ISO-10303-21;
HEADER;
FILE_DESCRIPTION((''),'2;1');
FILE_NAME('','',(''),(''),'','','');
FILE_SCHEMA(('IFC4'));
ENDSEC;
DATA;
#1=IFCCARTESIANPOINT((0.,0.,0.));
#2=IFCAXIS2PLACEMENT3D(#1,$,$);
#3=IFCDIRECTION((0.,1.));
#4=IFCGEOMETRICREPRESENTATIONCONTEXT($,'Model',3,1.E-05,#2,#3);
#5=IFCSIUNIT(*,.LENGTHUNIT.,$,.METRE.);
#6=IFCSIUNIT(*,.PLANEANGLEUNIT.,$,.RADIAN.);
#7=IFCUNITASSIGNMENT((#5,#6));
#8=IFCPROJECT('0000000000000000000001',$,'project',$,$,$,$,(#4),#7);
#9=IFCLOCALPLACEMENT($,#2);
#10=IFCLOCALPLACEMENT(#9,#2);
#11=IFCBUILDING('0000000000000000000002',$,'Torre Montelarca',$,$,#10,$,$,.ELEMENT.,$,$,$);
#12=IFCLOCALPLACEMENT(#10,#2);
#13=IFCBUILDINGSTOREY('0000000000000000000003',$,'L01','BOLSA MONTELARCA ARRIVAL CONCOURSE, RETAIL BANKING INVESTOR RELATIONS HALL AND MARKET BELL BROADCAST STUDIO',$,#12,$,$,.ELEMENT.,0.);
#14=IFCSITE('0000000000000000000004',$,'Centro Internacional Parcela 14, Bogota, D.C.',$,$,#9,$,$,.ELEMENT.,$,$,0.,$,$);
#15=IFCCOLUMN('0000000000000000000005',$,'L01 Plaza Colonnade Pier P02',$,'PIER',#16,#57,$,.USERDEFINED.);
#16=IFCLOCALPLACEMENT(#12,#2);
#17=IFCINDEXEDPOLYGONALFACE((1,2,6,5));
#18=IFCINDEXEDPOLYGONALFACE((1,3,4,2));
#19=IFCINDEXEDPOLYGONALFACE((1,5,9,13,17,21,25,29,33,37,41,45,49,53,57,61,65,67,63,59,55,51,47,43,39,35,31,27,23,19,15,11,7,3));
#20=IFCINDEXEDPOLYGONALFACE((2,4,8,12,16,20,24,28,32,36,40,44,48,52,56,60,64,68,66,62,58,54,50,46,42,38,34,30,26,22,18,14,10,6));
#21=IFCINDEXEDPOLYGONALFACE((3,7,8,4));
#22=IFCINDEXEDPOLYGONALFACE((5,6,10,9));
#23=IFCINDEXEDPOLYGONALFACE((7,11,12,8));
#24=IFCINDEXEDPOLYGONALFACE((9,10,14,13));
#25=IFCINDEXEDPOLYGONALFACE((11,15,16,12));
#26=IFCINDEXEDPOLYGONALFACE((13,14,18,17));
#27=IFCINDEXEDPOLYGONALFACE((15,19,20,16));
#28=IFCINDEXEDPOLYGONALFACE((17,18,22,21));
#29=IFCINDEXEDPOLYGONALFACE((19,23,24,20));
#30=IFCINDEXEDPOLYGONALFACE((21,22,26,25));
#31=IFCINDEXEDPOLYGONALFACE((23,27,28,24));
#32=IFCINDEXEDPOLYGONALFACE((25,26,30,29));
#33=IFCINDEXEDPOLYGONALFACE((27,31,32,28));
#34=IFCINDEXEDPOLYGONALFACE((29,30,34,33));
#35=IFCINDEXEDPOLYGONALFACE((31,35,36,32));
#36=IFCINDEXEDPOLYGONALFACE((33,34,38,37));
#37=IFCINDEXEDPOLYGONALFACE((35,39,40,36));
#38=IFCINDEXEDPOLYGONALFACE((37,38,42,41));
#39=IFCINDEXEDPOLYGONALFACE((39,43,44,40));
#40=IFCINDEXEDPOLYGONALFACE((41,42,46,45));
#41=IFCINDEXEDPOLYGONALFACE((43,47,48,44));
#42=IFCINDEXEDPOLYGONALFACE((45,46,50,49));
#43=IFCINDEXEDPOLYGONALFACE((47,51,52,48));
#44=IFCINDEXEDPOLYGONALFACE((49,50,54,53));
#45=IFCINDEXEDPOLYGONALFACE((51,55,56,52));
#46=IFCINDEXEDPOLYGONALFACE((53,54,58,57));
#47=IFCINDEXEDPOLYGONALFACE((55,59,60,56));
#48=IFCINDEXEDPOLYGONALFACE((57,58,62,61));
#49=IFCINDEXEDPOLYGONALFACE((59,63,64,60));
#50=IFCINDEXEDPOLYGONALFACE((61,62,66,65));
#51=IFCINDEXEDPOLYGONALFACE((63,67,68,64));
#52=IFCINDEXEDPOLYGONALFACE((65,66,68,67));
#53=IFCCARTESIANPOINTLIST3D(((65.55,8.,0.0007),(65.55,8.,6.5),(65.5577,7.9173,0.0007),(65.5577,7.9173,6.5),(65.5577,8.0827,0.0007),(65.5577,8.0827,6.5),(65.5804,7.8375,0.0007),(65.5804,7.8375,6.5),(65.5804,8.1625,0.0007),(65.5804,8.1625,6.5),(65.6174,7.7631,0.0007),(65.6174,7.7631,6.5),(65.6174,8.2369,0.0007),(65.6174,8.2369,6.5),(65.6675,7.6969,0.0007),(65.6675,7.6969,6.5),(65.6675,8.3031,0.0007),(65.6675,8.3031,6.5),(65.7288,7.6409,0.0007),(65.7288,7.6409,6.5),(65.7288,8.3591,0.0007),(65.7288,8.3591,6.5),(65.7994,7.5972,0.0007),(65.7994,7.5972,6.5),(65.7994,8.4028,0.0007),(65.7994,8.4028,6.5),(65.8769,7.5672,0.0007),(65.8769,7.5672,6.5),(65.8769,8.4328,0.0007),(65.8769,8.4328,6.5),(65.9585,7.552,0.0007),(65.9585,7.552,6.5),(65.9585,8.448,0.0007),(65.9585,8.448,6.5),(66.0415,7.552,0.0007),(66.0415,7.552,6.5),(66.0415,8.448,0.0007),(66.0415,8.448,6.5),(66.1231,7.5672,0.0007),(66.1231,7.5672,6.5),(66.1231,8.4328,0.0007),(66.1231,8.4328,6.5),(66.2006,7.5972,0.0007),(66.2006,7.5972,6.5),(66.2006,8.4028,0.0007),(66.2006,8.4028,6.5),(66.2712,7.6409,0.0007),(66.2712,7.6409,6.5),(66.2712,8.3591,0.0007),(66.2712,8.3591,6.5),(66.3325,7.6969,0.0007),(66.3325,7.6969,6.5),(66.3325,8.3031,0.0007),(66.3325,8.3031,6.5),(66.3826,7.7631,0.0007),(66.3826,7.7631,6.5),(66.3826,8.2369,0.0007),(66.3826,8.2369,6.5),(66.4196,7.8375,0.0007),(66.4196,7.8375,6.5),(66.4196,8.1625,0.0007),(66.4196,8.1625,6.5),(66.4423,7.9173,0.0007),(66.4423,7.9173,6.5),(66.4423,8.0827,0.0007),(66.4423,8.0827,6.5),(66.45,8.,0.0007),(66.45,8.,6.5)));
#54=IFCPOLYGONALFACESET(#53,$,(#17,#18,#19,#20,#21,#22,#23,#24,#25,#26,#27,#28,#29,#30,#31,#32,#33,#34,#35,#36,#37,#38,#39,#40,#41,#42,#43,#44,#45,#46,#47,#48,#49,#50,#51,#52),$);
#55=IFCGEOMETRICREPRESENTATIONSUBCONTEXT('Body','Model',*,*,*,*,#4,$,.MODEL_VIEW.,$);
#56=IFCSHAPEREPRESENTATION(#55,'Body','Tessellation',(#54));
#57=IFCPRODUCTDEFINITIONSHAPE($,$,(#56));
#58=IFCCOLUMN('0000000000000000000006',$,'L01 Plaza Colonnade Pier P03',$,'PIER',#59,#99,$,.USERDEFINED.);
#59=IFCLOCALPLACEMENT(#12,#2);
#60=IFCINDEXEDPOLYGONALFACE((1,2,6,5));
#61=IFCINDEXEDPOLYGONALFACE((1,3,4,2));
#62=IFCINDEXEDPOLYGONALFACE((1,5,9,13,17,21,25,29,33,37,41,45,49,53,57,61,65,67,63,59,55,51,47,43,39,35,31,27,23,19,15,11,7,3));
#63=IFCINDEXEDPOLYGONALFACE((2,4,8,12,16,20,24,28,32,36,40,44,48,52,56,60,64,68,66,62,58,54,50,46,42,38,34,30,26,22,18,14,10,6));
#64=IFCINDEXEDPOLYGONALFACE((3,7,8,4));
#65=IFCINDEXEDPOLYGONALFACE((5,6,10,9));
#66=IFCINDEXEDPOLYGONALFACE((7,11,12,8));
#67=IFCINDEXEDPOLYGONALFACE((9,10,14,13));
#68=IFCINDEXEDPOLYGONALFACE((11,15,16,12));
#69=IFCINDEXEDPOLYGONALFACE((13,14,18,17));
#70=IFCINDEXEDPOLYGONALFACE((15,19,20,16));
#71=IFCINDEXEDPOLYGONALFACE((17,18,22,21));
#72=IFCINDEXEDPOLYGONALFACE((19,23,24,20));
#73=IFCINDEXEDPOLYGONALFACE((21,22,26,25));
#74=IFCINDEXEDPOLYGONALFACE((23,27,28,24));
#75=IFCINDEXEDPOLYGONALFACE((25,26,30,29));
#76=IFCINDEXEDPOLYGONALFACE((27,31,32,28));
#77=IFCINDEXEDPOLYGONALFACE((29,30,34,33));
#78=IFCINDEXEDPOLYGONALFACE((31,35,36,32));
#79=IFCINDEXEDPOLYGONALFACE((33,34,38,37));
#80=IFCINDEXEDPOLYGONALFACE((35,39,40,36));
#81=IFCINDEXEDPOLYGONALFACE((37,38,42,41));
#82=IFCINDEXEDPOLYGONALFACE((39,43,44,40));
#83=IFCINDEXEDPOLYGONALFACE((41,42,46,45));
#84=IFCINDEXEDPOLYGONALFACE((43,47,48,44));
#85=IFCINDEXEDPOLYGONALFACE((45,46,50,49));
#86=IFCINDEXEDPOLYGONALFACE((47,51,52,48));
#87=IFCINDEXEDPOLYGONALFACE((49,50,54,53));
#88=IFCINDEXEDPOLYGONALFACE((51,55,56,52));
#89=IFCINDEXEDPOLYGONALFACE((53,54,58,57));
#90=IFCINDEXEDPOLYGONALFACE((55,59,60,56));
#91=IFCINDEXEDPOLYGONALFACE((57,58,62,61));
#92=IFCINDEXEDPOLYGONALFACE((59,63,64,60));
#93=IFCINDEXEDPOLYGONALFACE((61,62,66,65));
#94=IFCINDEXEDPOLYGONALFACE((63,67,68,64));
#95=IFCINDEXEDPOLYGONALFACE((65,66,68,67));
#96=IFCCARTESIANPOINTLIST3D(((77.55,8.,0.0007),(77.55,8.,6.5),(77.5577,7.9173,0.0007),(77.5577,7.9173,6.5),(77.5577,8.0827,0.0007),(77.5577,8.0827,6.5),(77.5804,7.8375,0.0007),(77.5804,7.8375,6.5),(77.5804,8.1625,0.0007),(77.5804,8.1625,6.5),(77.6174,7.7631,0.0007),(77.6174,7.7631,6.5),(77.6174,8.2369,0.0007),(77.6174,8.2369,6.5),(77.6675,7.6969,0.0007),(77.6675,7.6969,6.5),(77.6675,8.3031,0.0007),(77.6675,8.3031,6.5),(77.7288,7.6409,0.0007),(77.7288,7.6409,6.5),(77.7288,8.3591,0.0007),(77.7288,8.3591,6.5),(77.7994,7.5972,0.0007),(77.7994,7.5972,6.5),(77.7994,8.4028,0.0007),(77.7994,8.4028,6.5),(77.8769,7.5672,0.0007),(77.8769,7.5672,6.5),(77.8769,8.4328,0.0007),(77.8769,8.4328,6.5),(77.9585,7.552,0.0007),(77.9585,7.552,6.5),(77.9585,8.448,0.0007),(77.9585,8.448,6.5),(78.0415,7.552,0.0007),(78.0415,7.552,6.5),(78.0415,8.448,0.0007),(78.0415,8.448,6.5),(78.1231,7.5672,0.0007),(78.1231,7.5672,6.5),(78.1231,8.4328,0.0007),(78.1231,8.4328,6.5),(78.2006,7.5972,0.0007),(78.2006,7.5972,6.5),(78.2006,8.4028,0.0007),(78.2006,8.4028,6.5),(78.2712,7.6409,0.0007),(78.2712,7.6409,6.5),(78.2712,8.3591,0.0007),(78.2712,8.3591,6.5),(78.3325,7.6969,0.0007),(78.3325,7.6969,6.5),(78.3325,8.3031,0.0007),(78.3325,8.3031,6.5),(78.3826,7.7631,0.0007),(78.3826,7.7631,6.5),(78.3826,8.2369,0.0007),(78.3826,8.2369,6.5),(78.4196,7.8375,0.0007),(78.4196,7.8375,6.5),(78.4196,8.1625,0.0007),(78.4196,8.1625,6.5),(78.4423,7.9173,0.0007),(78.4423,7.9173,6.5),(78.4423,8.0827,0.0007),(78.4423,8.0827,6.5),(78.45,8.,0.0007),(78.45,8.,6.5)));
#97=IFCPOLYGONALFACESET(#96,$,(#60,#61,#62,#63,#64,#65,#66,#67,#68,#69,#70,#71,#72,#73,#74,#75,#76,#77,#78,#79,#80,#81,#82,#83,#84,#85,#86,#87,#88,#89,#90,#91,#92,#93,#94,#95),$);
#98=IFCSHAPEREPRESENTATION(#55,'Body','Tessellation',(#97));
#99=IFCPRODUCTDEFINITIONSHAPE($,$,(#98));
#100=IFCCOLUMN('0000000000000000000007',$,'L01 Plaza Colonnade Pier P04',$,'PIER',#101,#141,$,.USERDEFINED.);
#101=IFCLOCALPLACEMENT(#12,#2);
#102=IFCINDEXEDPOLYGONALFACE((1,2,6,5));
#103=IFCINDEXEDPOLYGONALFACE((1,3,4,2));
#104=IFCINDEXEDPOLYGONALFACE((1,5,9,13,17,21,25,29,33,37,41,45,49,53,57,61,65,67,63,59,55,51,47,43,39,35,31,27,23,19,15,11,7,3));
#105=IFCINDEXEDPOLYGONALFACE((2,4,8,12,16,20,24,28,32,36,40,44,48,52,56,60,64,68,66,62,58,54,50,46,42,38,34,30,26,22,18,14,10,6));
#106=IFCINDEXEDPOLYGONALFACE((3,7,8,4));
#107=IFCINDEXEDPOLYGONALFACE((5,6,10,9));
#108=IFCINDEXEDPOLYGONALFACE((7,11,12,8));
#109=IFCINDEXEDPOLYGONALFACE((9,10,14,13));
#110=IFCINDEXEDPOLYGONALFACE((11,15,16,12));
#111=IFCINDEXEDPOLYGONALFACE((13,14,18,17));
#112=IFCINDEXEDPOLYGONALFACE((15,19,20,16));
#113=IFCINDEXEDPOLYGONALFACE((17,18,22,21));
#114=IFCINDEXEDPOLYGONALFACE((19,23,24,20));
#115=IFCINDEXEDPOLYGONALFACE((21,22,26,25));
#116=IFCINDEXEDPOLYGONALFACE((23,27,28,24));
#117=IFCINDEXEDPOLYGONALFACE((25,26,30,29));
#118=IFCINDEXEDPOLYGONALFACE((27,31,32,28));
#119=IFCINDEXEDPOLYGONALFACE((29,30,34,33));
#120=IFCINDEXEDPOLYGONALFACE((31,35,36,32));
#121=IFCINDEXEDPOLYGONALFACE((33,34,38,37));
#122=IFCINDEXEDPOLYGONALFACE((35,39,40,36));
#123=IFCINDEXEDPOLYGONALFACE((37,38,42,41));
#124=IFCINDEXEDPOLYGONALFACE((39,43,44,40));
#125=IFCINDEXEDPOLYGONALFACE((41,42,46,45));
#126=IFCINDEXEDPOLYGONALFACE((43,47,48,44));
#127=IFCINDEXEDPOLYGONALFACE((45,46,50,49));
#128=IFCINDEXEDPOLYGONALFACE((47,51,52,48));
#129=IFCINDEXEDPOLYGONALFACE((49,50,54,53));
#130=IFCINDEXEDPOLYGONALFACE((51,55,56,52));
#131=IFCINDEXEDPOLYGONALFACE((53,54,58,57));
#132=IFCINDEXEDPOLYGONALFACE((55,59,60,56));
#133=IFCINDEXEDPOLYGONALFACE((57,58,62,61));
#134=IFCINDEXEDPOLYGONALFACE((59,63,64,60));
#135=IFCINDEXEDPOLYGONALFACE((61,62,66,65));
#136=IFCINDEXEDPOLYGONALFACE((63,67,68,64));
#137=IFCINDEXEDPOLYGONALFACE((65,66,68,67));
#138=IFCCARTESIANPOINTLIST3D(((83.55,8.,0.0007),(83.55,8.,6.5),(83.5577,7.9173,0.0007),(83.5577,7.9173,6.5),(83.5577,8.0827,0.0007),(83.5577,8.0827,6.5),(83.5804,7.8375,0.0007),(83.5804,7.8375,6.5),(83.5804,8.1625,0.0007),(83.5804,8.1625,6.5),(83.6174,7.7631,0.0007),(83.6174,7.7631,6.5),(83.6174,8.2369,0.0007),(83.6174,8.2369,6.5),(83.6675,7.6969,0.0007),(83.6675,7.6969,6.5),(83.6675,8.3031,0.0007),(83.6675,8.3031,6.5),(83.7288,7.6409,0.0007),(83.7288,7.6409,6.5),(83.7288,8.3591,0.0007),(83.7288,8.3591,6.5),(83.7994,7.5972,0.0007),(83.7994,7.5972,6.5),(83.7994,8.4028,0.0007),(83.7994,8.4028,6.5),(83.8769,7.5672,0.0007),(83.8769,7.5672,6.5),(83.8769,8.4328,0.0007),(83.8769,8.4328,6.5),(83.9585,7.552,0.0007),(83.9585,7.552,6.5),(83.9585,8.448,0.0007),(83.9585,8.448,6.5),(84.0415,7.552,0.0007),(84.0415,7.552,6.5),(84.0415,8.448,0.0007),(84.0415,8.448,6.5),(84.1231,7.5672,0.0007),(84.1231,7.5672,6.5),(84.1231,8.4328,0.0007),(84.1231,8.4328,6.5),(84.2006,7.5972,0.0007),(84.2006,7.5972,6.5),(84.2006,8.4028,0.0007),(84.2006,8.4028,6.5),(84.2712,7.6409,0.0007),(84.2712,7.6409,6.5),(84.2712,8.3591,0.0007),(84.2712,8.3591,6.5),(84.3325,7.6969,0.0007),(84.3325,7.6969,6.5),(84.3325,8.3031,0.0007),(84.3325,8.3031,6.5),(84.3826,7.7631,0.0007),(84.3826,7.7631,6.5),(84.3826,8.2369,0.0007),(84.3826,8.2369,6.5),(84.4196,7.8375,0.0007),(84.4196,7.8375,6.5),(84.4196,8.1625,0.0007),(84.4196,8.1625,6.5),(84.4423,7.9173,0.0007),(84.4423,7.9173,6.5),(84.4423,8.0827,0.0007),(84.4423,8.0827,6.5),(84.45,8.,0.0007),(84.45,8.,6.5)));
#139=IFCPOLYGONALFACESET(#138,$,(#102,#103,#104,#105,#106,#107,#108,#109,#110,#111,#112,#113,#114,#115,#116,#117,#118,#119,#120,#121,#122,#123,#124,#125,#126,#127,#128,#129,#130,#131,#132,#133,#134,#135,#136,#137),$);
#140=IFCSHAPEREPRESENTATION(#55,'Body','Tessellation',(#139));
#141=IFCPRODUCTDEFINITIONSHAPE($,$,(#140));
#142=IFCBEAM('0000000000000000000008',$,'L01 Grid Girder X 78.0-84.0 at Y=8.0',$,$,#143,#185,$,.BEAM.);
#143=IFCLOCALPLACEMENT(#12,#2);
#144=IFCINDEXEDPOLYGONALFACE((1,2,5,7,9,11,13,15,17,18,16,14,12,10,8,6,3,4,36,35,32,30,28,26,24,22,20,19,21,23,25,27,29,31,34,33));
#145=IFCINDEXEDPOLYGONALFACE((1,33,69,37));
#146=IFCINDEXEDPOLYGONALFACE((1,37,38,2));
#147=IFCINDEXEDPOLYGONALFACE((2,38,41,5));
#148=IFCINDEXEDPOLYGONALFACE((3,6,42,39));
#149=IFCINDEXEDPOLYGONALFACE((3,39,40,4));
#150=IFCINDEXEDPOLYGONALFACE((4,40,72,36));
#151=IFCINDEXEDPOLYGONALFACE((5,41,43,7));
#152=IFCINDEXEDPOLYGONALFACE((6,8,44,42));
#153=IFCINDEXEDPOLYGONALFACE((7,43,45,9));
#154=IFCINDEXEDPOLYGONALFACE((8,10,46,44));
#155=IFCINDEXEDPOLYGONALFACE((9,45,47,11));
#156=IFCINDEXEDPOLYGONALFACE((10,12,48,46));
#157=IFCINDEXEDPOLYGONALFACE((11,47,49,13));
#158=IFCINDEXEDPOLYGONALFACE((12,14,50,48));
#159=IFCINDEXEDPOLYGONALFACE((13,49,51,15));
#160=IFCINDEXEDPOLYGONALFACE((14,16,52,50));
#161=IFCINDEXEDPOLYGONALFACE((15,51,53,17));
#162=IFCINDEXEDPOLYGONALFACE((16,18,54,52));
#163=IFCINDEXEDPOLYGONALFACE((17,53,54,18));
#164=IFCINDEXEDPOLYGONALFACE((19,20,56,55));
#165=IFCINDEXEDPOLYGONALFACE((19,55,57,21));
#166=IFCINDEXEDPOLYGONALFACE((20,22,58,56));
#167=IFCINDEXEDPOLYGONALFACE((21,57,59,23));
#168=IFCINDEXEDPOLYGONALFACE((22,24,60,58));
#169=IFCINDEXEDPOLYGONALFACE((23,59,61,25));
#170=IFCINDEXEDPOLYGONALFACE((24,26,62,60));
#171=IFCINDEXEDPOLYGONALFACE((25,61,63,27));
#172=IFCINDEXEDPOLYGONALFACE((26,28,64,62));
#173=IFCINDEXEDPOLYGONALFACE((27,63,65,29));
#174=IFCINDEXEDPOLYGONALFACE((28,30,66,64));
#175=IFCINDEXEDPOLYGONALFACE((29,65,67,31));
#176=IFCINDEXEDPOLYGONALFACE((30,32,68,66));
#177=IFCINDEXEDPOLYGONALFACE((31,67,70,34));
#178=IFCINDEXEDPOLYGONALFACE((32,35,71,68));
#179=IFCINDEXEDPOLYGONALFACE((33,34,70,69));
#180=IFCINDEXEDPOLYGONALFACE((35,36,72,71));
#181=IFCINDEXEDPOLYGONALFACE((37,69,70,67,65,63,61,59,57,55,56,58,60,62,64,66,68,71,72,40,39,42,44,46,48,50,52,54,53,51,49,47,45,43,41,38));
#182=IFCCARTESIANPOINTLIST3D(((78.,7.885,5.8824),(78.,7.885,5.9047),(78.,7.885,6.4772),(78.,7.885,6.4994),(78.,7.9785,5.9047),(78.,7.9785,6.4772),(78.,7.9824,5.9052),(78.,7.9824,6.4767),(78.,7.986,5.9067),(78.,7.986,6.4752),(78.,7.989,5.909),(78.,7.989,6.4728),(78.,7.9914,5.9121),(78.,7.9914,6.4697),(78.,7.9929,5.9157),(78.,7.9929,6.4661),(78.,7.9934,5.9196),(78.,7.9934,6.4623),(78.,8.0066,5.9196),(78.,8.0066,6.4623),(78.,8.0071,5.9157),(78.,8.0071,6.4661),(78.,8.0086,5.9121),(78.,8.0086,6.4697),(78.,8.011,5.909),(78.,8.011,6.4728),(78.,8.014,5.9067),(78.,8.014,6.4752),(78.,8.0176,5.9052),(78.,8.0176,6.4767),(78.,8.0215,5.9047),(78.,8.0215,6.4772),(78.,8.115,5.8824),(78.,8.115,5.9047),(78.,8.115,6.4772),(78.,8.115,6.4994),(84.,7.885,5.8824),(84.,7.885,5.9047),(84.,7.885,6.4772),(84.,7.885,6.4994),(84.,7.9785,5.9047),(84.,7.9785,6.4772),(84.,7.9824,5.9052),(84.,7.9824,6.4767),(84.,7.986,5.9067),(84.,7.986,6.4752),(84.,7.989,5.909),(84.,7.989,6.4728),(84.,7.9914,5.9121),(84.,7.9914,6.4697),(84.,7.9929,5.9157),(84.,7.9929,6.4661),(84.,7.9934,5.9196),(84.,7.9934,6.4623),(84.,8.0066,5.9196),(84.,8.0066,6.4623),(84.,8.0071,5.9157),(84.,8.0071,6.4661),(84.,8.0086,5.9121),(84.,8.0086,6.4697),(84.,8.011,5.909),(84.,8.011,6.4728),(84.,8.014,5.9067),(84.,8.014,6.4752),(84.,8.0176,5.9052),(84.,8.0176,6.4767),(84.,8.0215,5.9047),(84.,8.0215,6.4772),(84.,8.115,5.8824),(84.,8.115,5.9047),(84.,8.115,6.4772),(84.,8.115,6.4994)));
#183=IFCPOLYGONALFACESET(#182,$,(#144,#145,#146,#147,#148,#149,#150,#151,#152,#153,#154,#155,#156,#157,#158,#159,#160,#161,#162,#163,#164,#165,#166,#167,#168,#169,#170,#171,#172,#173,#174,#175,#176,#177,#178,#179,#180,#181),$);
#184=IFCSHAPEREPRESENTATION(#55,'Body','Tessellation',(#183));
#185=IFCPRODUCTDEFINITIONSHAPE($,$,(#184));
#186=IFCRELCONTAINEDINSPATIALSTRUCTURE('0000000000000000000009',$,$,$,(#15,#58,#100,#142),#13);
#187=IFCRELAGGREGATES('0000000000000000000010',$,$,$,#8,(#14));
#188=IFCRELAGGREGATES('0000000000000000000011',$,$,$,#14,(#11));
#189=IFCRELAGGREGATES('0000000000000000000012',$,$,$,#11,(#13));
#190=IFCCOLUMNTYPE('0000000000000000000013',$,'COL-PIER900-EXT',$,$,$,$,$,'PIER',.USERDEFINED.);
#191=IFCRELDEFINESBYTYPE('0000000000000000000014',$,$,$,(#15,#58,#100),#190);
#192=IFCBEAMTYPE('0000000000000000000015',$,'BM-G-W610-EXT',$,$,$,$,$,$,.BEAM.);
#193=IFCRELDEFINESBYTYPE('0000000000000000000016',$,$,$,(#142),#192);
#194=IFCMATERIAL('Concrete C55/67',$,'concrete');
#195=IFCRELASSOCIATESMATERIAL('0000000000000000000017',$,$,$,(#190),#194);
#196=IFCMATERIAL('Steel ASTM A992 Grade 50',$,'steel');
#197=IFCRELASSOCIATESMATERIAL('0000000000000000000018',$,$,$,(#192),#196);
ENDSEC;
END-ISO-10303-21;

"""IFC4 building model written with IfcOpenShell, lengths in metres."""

from ifc_helpers import new_model, si_unit, direction, frame, origin, origin_2d, place, context, subcontext, project, spatial, circle, i_section, extrude, source, transform, mapped, material, material_profile, profile_set, type_object, element, save


model = new_model("IFC4")

# Units and contexts
model_context = context("Model", 3, precision=1e-05, world=origin(), true_north=direction((0.0, 1.0)))
body_context = subcontext(model_context, "Body", "Model", "MODEL_VIEW")
ifc_project = project(units=[si_unit("LENGTHUNIT", "METRE"), si_unit("PLANEANGLEUNIT", "RADIAN")], contexts=[model_context])

# Site, building, storey
site_placement = place(None, origin())
site = spatial("IfcSite", under=ifc_project, at=site_placement, Name="Centro Internacional Parcela 14, Bogota, D.C.", CompositionType="ELEMENT", RefElevation=0.0)
building_placement = place(site_placement, origin())
building = spatial("IfcBuilding", under=site, at=building_placement, Name="Torre Montelarca", CompositionType="ELEMENT")
storey_placement = place(building_placement, origin())
storey = spatial("IfcBuildingStorey", under=building, at=storey_placement, Name="L01", Description="BOLSA MONTELARCA ARRIVAL CONCOURSE, RETAIL BANKING INVESTOR RELATIONS HALL AND MARKET BELL BROADCAST STUDIO", CompositionType="ELEMENT", Elevation=0.0)

# Columns
ifc_material_1 = material(Name="Concrete C55/67", Category="concrete")
ifc_material_profile_1 = material_profile(ifc_material_1, circle(Radius=0.45, at=origin_2d()), Name="RCC900", Category="concrete")
ifc_profile_set_1 = profile_set([ifc_material_profile_1], Name="Concrete C55/67")
column_type = type_object("IfcColumnType", Name="COL-PIER900-EXT", ElementType="PIER", PredefinedType="USERDEFINED", material=ifc_profile_set_1)
shared_shape_1 = source(origin(), body_context, "Body", "SweptSolid", [
    extrude(circle(Radius=0.45, at=origin_2d()), origin(), (0.0, 0.0, 1.0), 6.4993),
])
for number, where, z_axis, x_axis, name in (
    (1, (66.0, 8.0, 0.0007), (0.0, 0.0, 1.0), (1.0, 0.0, 0.0), "L01 Plaza Colonnade Pier P02"),
    (2, (78.0, 8.0, 0.0007), (0.0, 0.0, 1.0), (1.0, 0.0, 0.0), "L01 Plaza Colonnade Pier P03"),
    (3, (84.0, 8.0, 0.0007), (0.0, 0.0, 1.0), (1.0, 0.0, 0.0), "L01 Plaza Colonnade Pier P04"),
):
    element("IfcColumn", number, at=place(storey_placement, frame(where, z_axis=z_axis, x_axis=x_axis)), inside=storey, type_object=column_type, Name=name, ObjectType="PIER", PredefinedType="USERDEFINED", context=body_context, shape_type="MappedRepresentation", body=[
        mapped(shared_shape_1, transform((0.0, 0.0, 0.0), scale=1.0)),
    ])

# Beam
ifc_material_2 = material(Name="Steel ASTM A992 Grade 50", Category="steel")
ifc_material_profile_2 = material_profile(ifc_material_2, i_section(OverallWidth=0.23, OverallDepth=0.6169, WebThickness=0.0132, FlangeThickness=0.0222, FilletRadius=0.0149, at=origin_2d()), Name="W610X140", Category="steel")
ifc_profile_set_2 = profile_set([ifc_material_profile_2], Name="Steel ASTM A992 Grade 50")
beam_type = type_object("IfcBeamType", Name="BM-G-W610-EXT", PredefinedType="BEAM", material=ifc_profile_set_2)
shared_shape_2 = source(origin(), body_context, "Body", "SweptSolid", [
    extrude(i_section(OverallWidth=0.23, OverallDepth=0.6169, WebThickness=0.0132, FlangeThickness=0.0222, FilletRadius=0.0149, at=origin_2d()), origin(), (0.0, 0.0, 1.0), 6.0),
])
beam_1_placement = place(storey_placement, frame((78.0, 8.0, 6.1909), z_axis=(1.0, 0.0, 0.0), x_axis=(0.0, 1.0, 0.0)))
element("IfcBeam", 4, at=beam_1_placement, inside=storey, type_object=beam_type, Name="L01 Grid Girder X 78.0-84.0 at Y=8.0", PredefinedType="BEAM", context=body_context, shape_type="MappedRepresentation", body=[
    mapped(shared_shape_2, transform((0.0, 0.0, 0.0), scale=1.0)),
])

save(model, "model.ifc")
